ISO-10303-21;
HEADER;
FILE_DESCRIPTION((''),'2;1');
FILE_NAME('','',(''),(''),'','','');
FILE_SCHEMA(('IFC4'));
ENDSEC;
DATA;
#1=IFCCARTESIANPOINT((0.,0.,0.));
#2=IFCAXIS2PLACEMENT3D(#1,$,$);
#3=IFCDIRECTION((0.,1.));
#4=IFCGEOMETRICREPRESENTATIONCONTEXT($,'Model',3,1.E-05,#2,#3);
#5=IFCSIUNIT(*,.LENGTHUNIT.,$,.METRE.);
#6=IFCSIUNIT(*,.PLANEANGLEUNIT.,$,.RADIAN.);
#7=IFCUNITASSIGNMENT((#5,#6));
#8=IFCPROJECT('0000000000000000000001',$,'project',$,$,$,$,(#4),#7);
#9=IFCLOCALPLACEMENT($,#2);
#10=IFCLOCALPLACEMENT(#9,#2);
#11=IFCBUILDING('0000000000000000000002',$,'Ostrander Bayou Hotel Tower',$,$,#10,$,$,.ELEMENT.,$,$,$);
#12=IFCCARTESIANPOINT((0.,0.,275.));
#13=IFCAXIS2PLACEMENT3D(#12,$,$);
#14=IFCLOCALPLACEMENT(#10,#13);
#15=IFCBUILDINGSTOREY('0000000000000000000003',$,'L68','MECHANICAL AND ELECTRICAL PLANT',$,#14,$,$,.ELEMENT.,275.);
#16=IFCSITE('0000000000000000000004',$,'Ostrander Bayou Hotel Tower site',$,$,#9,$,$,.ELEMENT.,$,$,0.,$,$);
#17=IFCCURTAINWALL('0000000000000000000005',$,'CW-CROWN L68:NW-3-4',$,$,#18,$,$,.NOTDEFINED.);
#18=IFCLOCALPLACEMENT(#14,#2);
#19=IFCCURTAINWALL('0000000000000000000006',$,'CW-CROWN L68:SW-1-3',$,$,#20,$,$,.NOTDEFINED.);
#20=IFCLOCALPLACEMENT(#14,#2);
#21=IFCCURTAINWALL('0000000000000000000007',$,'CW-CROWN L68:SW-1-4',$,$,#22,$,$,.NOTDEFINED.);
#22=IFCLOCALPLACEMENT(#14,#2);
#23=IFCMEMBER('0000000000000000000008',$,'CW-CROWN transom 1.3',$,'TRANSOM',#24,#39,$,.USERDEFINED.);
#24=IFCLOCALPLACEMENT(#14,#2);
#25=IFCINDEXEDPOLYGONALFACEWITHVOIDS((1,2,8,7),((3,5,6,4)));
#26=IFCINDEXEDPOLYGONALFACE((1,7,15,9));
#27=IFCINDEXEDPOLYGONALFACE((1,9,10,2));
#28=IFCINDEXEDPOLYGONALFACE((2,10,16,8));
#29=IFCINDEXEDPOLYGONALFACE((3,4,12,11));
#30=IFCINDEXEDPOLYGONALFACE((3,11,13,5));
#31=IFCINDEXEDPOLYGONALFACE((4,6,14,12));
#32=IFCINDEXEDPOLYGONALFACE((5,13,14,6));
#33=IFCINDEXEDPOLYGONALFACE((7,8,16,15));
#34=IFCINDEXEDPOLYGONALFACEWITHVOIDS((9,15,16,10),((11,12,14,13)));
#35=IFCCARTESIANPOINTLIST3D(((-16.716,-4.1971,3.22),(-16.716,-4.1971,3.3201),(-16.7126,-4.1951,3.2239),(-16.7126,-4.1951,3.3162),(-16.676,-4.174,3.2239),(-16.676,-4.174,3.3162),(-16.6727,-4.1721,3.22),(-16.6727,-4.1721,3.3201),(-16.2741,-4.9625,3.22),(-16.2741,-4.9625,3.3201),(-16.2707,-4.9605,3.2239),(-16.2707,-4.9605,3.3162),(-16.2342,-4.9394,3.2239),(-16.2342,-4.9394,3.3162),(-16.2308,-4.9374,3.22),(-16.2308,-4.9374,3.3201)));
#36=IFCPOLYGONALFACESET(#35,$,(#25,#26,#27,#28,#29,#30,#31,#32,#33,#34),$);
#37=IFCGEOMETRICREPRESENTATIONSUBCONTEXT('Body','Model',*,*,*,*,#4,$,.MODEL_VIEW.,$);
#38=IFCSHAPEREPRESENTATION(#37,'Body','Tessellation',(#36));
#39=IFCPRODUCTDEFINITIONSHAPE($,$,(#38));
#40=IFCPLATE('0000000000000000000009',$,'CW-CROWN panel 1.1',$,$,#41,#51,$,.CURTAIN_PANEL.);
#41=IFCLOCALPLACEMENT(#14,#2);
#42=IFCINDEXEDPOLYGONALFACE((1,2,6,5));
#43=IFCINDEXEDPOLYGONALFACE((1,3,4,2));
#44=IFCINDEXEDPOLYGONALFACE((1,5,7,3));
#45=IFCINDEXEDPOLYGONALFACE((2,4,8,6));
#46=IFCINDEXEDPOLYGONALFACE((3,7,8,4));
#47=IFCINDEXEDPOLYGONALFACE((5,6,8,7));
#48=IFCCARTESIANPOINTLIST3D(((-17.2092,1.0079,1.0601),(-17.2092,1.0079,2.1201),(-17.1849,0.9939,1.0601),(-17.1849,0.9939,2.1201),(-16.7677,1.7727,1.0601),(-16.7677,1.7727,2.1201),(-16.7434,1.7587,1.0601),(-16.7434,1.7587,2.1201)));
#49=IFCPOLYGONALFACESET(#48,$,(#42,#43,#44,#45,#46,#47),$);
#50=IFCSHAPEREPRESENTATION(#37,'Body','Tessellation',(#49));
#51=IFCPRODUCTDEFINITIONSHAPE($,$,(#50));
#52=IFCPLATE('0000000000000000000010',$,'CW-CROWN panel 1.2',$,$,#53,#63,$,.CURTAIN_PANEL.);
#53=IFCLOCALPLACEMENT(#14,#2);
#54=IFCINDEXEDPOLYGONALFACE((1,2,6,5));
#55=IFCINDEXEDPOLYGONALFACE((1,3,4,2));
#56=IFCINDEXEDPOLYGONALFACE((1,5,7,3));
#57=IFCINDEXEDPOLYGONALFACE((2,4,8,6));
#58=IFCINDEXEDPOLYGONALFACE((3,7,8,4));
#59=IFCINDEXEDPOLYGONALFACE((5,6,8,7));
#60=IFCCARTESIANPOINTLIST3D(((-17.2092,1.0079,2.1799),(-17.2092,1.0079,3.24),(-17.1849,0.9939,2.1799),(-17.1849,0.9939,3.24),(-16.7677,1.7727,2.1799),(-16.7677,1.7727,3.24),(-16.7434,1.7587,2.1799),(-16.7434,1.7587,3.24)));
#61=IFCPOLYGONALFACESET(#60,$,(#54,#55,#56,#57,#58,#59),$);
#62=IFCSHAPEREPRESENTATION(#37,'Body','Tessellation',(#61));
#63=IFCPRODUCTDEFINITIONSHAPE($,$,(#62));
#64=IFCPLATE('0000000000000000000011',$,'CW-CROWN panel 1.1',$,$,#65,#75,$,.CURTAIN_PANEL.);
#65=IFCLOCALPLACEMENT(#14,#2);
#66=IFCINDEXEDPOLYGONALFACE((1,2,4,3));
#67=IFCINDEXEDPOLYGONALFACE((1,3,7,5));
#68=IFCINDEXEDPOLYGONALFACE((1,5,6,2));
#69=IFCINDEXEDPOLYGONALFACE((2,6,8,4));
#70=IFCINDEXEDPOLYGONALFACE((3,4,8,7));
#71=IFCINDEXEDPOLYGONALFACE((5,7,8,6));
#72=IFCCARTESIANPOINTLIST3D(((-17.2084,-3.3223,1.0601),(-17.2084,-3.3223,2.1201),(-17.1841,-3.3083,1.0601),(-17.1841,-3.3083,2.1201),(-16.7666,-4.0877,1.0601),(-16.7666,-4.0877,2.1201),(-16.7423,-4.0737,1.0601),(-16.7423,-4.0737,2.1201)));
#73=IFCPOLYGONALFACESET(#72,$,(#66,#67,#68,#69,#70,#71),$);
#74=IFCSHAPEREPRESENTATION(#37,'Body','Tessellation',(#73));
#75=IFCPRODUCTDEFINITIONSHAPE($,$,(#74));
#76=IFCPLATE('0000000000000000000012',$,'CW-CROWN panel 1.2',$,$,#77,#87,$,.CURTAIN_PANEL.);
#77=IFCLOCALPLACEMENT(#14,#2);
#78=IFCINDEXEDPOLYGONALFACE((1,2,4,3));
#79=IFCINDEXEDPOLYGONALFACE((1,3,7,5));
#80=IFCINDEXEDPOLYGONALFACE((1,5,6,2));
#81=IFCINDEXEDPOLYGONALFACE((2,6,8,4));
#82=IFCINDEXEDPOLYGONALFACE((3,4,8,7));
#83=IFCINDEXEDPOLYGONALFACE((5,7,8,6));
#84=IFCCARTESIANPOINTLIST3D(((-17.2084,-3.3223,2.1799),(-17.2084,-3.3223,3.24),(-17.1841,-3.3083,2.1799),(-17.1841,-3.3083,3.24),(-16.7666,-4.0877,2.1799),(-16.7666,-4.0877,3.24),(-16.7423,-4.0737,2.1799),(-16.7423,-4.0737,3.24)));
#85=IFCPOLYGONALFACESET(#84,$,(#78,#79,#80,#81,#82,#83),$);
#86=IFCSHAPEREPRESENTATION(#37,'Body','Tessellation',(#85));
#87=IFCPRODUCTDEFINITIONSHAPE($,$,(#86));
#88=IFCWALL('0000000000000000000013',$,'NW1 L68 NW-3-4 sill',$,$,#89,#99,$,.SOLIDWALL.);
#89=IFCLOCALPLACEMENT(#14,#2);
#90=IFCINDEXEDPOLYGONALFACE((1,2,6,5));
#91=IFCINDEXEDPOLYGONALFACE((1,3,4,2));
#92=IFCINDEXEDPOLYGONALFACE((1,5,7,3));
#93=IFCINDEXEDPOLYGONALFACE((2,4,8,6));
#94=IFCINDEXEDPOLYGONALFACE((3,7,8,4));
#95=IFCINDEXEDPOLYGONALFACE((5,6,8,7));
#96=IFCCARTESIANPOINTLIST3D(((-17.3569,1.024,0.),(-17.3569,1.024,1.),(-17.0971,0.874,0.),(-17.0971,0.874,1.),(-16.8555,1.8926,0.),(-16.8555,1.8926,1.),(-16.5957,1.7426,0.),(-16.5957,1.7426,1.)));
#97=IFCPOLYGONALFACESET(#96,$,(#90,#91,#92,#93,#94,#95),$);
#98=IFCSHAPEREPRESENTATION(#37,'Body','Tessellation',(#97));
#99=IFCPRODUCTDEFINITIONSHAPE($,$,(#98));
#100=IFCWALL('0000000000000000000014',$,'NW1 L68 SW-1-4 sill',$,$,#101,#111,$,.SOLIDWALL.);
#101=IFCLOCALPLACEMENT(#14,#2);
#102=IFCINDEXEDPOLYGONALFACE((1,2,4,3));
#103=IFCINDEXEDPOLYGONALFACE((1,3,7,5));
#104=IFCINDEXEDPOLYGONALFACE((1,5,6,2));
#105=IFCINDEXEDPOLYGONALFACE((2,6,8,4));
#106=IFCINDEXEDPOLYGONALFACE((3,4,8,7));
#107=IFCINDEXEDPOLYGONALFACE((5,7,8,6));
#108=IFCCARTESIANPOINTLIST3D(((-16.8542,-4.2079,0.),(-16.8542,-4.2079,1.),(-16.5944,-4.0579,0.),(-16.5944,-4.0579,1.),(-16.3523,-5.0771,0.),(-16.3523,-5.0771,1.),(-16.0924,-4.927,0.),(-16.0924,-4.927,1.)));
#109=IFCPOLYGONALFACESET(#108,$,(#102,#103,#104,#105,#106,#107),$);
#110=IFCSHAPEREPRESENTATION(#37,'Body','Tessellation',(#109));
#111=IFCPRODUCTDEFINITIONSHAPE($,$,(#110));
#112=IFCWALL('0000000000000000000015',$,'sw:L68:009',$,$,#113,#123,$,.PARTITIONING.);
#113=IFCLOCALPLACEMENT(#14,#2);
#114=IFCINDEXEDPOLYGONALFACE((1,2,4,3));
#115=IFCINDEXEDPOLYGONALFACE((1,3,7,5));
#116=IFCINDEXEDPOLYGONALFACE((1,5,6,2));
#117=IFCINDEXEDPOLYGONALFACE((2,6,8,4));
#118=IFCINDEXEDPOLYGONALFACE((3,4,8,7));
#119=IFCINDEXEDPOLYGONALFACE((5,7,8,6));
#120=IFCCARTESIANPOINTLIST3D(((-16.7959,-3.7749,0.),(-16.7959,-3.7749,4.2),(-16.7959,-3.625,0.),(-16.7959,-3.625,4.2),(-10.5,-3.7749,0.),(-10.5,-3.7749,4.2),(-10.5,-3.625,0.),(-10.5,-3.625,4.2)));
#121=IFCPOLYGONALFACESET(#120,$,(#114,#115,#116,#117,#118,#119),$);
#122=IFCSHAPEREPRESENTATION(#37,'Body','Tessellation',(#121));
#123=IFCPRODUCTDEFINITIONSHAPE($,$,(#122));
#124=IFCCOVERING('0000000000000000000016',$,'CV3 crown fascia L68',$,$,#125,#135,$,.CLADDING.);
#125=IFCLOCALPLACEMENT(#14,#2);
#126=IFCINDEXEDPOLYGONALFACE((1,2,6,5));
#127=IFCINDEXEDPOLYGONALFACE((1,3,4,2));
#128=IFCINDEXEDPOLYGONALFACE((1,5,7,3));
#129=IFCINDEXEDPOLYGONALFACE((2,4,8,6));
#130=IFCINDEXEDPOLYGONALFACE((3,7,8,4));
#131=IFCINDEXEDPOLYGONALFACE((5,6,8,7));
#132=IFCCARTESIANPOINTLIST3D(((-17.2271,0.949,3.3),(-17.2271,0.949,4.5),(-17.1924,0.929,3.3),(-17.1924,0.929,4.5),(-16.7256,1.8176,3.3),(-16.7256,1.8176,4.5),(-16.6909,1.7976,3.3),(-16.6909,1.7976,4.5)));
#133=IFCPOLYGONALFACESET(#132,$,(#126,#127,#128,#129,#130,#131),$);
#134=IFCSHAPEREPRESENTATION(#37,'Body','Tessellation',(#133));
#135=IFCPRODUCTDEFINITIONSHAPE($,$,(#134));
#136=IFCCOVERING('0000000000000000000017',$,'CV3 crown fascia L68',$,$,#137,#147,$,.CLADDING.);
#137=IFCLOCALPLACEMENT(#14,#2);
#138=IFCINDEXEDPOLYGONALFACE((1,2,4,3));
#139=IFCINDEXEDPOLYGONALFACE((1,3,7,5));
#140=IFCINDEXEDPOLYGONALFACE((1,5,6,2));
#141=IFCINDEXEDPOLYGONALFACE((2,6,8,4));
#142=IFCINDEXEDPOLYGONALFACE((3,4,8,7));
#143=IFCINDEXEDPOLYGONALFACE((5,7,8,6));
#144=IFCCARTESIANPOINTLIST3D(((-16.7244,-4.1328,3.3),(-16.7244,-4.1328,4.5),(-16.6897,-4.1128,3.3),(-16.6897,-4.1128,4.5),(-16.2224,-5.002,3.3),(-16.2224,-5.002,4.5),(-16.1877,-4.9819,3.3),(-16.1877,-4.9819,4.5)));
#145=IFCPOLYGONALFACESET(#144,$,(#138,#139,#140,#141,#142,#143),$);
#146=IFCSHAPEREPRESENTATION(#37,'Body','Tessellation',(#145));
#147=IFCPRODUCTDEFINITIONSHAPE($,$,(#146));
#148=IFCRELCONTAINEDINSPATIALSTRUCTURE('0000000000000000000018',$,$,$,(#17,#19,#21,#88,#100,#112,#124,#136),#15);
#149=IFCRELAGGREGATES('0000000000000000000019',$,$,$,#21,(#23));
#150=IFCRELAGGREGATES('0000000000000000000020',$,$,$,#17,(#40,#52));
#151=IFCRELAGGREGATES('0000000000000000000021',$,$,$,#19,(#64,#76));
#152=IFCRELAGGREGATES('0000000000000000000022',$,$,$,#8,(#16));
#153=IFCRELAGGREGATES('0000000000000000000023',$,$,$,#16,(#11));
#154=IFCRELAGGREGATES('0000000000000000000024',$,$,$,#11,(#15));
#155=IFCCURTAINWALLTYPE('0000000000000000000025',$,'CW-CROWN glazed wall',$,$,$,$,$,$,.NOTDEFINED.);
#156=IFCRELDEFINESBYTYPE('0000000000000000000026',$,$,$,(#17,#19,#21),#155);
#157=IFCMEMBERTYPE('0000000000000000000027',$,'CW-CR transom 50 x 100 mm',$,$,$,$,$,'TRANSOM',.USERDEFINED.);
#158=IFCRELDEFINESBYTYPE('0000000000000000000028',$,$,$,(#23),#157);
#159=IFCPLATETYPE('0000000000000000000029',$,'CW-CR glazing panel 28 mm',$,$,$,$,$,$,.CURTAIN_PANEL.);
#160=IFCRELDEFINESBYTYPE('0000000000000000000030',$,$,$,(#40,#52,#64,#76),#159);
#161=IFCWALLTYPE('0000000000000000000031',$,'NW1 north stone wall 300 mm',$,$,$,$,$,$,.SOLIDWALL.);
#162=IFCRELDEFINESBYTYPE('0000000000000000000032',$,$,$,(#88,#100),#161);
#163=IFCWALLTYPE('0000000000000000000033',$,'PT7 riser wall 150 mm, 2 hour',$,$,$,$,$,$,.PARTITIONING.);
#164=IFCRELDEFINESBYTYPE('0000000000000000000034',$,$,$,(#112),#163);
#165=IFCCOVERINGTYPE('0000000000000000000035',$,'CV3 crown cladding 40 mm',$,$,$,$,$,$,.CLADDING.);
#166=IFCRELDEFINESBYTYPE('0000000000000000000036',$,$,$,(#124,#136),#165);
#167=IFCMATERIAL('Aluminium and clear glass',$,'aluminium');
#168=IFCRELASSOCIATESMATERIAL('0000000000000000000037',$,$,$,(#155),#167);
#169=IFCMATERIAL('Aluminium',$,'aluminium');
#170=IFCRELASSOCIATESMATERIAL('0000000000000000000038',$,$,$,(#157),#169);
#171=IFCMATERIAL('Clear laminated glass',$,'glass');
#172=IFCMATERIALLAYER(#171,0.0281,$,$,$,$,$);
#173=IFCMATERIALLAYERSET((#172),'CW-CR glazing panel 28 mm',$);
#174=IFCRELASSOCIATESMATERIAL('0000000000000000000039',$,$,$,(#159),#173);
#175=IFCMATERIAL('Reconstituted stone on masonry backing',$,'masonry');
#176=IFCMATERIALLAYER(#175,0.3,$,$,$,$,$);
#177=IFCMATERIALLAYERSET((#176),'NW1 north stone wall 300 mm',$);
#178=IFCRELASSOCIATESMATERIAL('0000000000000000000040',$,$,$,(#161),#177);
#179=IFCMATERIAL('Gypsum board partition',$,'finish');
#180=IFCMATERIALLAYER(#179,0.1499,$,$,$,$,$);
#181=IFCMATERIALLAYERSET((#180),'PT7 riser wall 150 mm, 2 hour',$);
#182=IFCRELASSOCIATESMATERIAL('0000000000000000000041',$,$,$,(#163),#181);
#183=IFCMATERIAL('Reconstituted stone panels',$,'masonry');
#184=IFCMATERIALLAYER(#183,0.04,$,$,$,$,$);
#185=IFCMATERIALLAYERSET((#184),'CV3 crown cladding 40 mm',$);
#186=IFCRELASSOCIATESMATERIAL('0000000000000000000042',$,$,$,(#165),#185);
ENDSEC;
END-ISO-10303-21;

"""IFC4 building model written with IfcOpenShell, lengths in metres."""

from ifc_helpers import new_model, si_unit, direction, frame, frame_2d, origin, origin_2d, place, context, subcontext, project, spatial, polyline, rectangle, hollow_rectangle, outline, extrude, material, layer, layer_set, material_profile, profile_set, type_object, element, aggregate, save


model = new_model("IFC4")

# Units and contexts
model_context = context("Model", 3, precision=1e-05, world=origin(), true_north=direction((0.0, 1.0)))
body_context = subcontext(model_context, "Body", "Model", "MODEL_VIEW")
ifc_project = project(units=[si_unit("LENGTHUNIT", "METRE"), si_unit("PLANEANGLEUNIT", "RADIAN")], contexts=[model_context])

# Site, building, storey
site_placement = place(None, origin())
site = spatial("IfcSite", under=ifc_project, at=site_placement, Name="Ostrander Bayou Hotel Tower site", CompositionType="ELEMENT", RefElevation=0.0)
building_placement = place(site_placement, origin())
building = spatial("IfcBuilding", under=site, at=building_placement, Name="Ostrander Bayou Hotel Tower", CompositionType="ELEMENT")
storey_placement = place(building_placement, frame((0.0, 0.0, 275.0)))
storey = spatial("IfcBuildingStorey", under=building, at=storey_placement, Name="L68", Description="MECHANICAL AND ELECTRICAL PLANT", CompositionType="ELEMENT", Elevation=275.0)

# Curtain walls
ifc_material_1 = material(Name="Aluminium and clear glass", Category="aluminium")
curtain_wall_type = type_object("IfcCurtainWallType", Name="CW-CROWN glazed wall", PredefinedType="NOTDEFINED", material=ifc_material_1)
curtain_wall_1_placement = place(storey_placement, origin())
curtain_wall_1 = element("IfcCurtainWall", 1, at=curtain_wall_1_placement, inside=storey, type_object=curtain_wall_type, Name="CW-CROWN L68:NW-3-4", PredefinedType="NOTDEFINED")
curtain_wall_2_placement = place(storey_placement, origin())
curtain_wall_2 = element("IfcCurtainWall", 2, at=curtain_wall_2_placement, inside=storey, type_object=curtain_wall_type, Name="CW-CROWN L68:SW-1-3", PredefinedType="NOTDEFINED")
curtain_wall_3_placement = place(storey_placement, origin())
curtain_wall_3 = element("IfcCurtainWall", 3, at=curtain_wall_3_placement, inside=storey, type_object=curtain_wall_type, Name="CW-CROWN L68:SW-1-4", PredefinedType="NOTDEFINED")

# Member
ifc_material_2 = material(Name="Aluminium", Category="aluminium")
ifc_material_profile_1 = material_profile(ifc_material_2, hollow_rectangle(XDim=0.05, YDim=0.1001, WallThickness=0.0039, at=origin_2d()))
ifc_profile_set_1 = profile_set([ifc_material_profile_1], Name="Aluminium")
member_type_1 = type_object("IfcMemberType", Name="CW-CR transom 50 x 100 mm", ElementType="TRANSOM", PredefinedType="USERDEFINED", material=ifc_profile_set_1)
member_1_placement = place(storey_placement, frame((-16.6943, -4.1846, 3.27), z_axis=(0.500001, -0.866025, 0.0), x_axis=(0.866025, 0.500001, 0.0)))
member_1 = element("IfcMember", 4, at=member_1_placement, type_object=member_type_1, Name="CW-CROWN transom 1.3", ObjectType="TRANSOM", PredefinedType="USERDEFINED", context=body_context, shape_type="SweptSolid", body=[
    extrude(hollow_rectangle(XDim=0.05, YDim=0.1001, WallThickness=0.0039, at=origin_2d()), origin(), (0.0, 0.0, 1.0), 0.8838),
])
aggregate(curtain_wall_3, [member_1])

# Plates
ifc_material_3 = material(Name="Clear laminated glass", Category="glass")
ifc_layer_1 = layer(ifc_material_3, 0.0281)
ifc_layer_set_1 = layer_set([ifc_layer_1], Name="CW-CR glazing panel 28 mm")
plate_type = type_object("IfcPlateType", Name="CW-CR glazing panel 28 mm", PredefinedType="CURTAIN_PANEL", material=ifc_layer_set_1)
plate_1_placement = place(storey_placement, frame((-16.9763, 1.3833, 1.0601), z_axis=(0.0, 0.0, 1.0), x_axis=(-0.499967, -0.866044, 0.0)))
plate_1 = element("IfcPlate", 5, at=plate_1_placement, type_object=plate_type, Name="CW-CROWN panel 1.1", PredefinedType="CURTAIN_PANEL", context=body_context, shape_type="SweptSolid", body=[
    extrude(rectangle(XDim=0.8831, YDim=0.0281, at=origin_2d()), origin(), (0.0, 0.0, 1.0), 1.0601),
])
plate_2_placement = place(storey_placement, frame((-16.9763, 1.3833, 2.1799), z_axis=(0.0, 0.0, 1.0), x_axis=(-0.499967, -0.866044, 0.0)))
plate_2 = element("IfcPlate", 6, at=plate_2_placement, type_object=plate_type, Name="CW-CROWN panel 1.2", PredefinedType="CURTAIN_PANEL", context=body_context, shape_type="SweptSolid", body=[
    extrude(rectangle(XDim=0.8831, YDim=0.0281, at=origin_2d()), origin(), (0.0, 0.0, 1.0), 1.0601),
])
aggregate(curtain_wall_1, [plate_1, plate_2])
plate_3_placement = place(storey_placement, frame((-16.9753, -3.698, 1.0601), z_axis=(0.0, 0.0, 1.0), x_axis=(0.499964, -0.866046, 0.0)))
plate_3 = element("IfcPlate", 7, at=plate_3_placement, type_object=plate_type, Name="CW-CROWN panel 1.1", PredefinedType="CURTAIN_PANEL", context=body_context, shape_type="SweptSolid", body=[
    extrude(rectangle(XDim=0.8838, YDim=0.0281, at=origin_2d()), origin(), (0.0, 0.0, 1.0), 1.0601),
])
plate_4_placement = place(storey_placement, frame((-16.9753, -3.698, 2.1799), z_axis=(0.0, 0.0, 1.0), x_axis=(0.499964, -0.866046, 0.0)))
plate_4 = element("IfcPlate", 8, at=plate_4_placement, type_object=plate_type, Name="CW-CROWN panel 1.2", PredefinedType="CURTAIN_PANEL", context=body_context, shape_type="SweptSolid", body=[
    extrude(rectangle(XDim=0.8838, YDim=0.0281, at=origin_2d()), origin(), (0.0, 0.0, 1.0), 1.0601),
])
aggregate(curtain_wall_2, [plate_3, plate_4])

# Walls
ifc_material_4 = material(Name="Reconstituted stone on masonry backing", Category="masonry")
ifc_layer_2 = layer(ifc_material_4, 0.3)
ifc_layer_set_2 = layer_set([ifc_layer_2], Name="NW1 north stone wall 300 mm")
wall_type_1 = type_object("IfcWallType", Name="NW1 north stone wall 300 mm", PredefinedType="SOLIDWALL", material=ifc_layer_set_2)
wall_1_placement = place(storey_placement, frame((-16.7256, 1.8176, 0.0), z_axis=(0.0, 0.0, 1.0), x_axis=(-0.499961, -0.866048, 0.0)))
element("IfcWall", 9, at=wall_1_placement, inside=storey, type_object=wall_type_1, Name="NW1 L68 NW-3-4 sill", PredefinedType="SOLIDWALL", context=body_context, shape_type="SweptSolid", body=[
    extrude(rectangle(XDim=1.0029, YDim=0.3, at=frame_2d((0.5015, 0.0))), origin(), (0.0, 0.0, 1.0), 1.0),
])
wall_2_placement = place(storey_placement, frame((-16.7244, -4.1328, 0.0), z_axis=(0.0, 0.0, 1.0), x_axis=(0.500115, -0.865959, 0.0)))
element("IfcWall", 10, at=wall_2_placement, inside=storey, type_object=wall_type_1, Name="NW1 L68 SW-1-4 sill", PredefinedType="SOLIDWALL", context=body_context, shape_type="SweptSolid", body=[
    extrude(rectangle(XDim=1.0037, YDim=0.3, at=frame_2d((0.502, 0.0))), origin(), (0.0, 0.0, 1.0), 1.0),
])
ifc_material_5 = material(Name="Gypsum board partition", Category="finish")
ifc_layer_3 = layer(ifc_material_5, 0.1499)
ifc_layer_set_3 = layer_set([ifc_layer_3], Name="PT7 riser wall 150 mm, 2 hour")
wall_type_2 = type_object("IfcWallType", Name="PT7 riser wall 150 mm, 2 hour", PredefinedType="PARTITIONING", material=ifc_layer_set_3)
wall_3_placement = place(storey_placement, frame((-16.7959, -3.7, 0.0), z_axis=(0.0, 0.0, 1.0), x_axis=(1.0, 0.0, 0.0)))
element("IfcWall", 11, at=wall_3_placement, inside=storey, type_object=wall_type_2, Name="sw:L68:009", PredefinedType="PARTITIONING", context=body_context, shape_type="SweptSolid", body=[
    extrude(rectangle(XDim=6.2959, YDim=0.1499, at=frame_2d((3.1479, 0.0))), origin(), (0.0, 0.0, 1.0), 4.2),
])

# Coverings
ifc_material_6 = material(Name="Reconstituted stone panels", Category="masonry")
ifc_layer_4 = layer(ifc_material_6, 0.04)
ifc_layer_set_4 = layer_set([ifc_layer_4], Name="CV3 crown cladding 40 mm")
covering_type = type_object("IfcCoveringType", Name="CV3 crown cladding 40 mm", PredefinedType="CLADDING", material=ifc_layer_set_4)
covering_1_placement = place(storey_placement, frame((-16.7256, 1.8176, 3.3), z_axis=(-0.866048, 0.499961, 0.0), x_axis=(-0.499961, -0.866048, 0.0)))
element("IfcCovering", 12, at=covering_1_placement, inside=storey, type_object=covering_type, Name="CV3 crown fascia L68", PredefinedType="CLADDING", context=body_context, shape_type="SweptSolid", body=[
    extrude(outline(polyline([(0.0, 0.0), (1.003, 0.0), (1.003, 1.2), (0.0, 1.2), (0.0, 0.0)])), origin(), (0.0, 0.0, -1.0), 0.04),
])
covering_2_placement = place(storey_placement, frame((-16.7244, -4.1328, 3.3), z_axis=(-0.865959, -0.500115, 0.0), x_axis=(0.500115, -0.865959, 0.0)))
element("IfcCovering", 13, at=covering_2_placement, inside=storey, type_object=covering_type, Name="CV3 crown fascia L68", PredefinedType="CLADDING", context=body_context, shape_type="SweptSolid", body=[
    extrude(outline(polyline([(0.0, 0.0), (1.0037, 0.0), (1.0037, 1.2), (0.0, 1.2), (0.0, 0.0)])), origin(), (0.0, 0.0, -1.0), 0.04),
])

save(model, "model.ifc")
